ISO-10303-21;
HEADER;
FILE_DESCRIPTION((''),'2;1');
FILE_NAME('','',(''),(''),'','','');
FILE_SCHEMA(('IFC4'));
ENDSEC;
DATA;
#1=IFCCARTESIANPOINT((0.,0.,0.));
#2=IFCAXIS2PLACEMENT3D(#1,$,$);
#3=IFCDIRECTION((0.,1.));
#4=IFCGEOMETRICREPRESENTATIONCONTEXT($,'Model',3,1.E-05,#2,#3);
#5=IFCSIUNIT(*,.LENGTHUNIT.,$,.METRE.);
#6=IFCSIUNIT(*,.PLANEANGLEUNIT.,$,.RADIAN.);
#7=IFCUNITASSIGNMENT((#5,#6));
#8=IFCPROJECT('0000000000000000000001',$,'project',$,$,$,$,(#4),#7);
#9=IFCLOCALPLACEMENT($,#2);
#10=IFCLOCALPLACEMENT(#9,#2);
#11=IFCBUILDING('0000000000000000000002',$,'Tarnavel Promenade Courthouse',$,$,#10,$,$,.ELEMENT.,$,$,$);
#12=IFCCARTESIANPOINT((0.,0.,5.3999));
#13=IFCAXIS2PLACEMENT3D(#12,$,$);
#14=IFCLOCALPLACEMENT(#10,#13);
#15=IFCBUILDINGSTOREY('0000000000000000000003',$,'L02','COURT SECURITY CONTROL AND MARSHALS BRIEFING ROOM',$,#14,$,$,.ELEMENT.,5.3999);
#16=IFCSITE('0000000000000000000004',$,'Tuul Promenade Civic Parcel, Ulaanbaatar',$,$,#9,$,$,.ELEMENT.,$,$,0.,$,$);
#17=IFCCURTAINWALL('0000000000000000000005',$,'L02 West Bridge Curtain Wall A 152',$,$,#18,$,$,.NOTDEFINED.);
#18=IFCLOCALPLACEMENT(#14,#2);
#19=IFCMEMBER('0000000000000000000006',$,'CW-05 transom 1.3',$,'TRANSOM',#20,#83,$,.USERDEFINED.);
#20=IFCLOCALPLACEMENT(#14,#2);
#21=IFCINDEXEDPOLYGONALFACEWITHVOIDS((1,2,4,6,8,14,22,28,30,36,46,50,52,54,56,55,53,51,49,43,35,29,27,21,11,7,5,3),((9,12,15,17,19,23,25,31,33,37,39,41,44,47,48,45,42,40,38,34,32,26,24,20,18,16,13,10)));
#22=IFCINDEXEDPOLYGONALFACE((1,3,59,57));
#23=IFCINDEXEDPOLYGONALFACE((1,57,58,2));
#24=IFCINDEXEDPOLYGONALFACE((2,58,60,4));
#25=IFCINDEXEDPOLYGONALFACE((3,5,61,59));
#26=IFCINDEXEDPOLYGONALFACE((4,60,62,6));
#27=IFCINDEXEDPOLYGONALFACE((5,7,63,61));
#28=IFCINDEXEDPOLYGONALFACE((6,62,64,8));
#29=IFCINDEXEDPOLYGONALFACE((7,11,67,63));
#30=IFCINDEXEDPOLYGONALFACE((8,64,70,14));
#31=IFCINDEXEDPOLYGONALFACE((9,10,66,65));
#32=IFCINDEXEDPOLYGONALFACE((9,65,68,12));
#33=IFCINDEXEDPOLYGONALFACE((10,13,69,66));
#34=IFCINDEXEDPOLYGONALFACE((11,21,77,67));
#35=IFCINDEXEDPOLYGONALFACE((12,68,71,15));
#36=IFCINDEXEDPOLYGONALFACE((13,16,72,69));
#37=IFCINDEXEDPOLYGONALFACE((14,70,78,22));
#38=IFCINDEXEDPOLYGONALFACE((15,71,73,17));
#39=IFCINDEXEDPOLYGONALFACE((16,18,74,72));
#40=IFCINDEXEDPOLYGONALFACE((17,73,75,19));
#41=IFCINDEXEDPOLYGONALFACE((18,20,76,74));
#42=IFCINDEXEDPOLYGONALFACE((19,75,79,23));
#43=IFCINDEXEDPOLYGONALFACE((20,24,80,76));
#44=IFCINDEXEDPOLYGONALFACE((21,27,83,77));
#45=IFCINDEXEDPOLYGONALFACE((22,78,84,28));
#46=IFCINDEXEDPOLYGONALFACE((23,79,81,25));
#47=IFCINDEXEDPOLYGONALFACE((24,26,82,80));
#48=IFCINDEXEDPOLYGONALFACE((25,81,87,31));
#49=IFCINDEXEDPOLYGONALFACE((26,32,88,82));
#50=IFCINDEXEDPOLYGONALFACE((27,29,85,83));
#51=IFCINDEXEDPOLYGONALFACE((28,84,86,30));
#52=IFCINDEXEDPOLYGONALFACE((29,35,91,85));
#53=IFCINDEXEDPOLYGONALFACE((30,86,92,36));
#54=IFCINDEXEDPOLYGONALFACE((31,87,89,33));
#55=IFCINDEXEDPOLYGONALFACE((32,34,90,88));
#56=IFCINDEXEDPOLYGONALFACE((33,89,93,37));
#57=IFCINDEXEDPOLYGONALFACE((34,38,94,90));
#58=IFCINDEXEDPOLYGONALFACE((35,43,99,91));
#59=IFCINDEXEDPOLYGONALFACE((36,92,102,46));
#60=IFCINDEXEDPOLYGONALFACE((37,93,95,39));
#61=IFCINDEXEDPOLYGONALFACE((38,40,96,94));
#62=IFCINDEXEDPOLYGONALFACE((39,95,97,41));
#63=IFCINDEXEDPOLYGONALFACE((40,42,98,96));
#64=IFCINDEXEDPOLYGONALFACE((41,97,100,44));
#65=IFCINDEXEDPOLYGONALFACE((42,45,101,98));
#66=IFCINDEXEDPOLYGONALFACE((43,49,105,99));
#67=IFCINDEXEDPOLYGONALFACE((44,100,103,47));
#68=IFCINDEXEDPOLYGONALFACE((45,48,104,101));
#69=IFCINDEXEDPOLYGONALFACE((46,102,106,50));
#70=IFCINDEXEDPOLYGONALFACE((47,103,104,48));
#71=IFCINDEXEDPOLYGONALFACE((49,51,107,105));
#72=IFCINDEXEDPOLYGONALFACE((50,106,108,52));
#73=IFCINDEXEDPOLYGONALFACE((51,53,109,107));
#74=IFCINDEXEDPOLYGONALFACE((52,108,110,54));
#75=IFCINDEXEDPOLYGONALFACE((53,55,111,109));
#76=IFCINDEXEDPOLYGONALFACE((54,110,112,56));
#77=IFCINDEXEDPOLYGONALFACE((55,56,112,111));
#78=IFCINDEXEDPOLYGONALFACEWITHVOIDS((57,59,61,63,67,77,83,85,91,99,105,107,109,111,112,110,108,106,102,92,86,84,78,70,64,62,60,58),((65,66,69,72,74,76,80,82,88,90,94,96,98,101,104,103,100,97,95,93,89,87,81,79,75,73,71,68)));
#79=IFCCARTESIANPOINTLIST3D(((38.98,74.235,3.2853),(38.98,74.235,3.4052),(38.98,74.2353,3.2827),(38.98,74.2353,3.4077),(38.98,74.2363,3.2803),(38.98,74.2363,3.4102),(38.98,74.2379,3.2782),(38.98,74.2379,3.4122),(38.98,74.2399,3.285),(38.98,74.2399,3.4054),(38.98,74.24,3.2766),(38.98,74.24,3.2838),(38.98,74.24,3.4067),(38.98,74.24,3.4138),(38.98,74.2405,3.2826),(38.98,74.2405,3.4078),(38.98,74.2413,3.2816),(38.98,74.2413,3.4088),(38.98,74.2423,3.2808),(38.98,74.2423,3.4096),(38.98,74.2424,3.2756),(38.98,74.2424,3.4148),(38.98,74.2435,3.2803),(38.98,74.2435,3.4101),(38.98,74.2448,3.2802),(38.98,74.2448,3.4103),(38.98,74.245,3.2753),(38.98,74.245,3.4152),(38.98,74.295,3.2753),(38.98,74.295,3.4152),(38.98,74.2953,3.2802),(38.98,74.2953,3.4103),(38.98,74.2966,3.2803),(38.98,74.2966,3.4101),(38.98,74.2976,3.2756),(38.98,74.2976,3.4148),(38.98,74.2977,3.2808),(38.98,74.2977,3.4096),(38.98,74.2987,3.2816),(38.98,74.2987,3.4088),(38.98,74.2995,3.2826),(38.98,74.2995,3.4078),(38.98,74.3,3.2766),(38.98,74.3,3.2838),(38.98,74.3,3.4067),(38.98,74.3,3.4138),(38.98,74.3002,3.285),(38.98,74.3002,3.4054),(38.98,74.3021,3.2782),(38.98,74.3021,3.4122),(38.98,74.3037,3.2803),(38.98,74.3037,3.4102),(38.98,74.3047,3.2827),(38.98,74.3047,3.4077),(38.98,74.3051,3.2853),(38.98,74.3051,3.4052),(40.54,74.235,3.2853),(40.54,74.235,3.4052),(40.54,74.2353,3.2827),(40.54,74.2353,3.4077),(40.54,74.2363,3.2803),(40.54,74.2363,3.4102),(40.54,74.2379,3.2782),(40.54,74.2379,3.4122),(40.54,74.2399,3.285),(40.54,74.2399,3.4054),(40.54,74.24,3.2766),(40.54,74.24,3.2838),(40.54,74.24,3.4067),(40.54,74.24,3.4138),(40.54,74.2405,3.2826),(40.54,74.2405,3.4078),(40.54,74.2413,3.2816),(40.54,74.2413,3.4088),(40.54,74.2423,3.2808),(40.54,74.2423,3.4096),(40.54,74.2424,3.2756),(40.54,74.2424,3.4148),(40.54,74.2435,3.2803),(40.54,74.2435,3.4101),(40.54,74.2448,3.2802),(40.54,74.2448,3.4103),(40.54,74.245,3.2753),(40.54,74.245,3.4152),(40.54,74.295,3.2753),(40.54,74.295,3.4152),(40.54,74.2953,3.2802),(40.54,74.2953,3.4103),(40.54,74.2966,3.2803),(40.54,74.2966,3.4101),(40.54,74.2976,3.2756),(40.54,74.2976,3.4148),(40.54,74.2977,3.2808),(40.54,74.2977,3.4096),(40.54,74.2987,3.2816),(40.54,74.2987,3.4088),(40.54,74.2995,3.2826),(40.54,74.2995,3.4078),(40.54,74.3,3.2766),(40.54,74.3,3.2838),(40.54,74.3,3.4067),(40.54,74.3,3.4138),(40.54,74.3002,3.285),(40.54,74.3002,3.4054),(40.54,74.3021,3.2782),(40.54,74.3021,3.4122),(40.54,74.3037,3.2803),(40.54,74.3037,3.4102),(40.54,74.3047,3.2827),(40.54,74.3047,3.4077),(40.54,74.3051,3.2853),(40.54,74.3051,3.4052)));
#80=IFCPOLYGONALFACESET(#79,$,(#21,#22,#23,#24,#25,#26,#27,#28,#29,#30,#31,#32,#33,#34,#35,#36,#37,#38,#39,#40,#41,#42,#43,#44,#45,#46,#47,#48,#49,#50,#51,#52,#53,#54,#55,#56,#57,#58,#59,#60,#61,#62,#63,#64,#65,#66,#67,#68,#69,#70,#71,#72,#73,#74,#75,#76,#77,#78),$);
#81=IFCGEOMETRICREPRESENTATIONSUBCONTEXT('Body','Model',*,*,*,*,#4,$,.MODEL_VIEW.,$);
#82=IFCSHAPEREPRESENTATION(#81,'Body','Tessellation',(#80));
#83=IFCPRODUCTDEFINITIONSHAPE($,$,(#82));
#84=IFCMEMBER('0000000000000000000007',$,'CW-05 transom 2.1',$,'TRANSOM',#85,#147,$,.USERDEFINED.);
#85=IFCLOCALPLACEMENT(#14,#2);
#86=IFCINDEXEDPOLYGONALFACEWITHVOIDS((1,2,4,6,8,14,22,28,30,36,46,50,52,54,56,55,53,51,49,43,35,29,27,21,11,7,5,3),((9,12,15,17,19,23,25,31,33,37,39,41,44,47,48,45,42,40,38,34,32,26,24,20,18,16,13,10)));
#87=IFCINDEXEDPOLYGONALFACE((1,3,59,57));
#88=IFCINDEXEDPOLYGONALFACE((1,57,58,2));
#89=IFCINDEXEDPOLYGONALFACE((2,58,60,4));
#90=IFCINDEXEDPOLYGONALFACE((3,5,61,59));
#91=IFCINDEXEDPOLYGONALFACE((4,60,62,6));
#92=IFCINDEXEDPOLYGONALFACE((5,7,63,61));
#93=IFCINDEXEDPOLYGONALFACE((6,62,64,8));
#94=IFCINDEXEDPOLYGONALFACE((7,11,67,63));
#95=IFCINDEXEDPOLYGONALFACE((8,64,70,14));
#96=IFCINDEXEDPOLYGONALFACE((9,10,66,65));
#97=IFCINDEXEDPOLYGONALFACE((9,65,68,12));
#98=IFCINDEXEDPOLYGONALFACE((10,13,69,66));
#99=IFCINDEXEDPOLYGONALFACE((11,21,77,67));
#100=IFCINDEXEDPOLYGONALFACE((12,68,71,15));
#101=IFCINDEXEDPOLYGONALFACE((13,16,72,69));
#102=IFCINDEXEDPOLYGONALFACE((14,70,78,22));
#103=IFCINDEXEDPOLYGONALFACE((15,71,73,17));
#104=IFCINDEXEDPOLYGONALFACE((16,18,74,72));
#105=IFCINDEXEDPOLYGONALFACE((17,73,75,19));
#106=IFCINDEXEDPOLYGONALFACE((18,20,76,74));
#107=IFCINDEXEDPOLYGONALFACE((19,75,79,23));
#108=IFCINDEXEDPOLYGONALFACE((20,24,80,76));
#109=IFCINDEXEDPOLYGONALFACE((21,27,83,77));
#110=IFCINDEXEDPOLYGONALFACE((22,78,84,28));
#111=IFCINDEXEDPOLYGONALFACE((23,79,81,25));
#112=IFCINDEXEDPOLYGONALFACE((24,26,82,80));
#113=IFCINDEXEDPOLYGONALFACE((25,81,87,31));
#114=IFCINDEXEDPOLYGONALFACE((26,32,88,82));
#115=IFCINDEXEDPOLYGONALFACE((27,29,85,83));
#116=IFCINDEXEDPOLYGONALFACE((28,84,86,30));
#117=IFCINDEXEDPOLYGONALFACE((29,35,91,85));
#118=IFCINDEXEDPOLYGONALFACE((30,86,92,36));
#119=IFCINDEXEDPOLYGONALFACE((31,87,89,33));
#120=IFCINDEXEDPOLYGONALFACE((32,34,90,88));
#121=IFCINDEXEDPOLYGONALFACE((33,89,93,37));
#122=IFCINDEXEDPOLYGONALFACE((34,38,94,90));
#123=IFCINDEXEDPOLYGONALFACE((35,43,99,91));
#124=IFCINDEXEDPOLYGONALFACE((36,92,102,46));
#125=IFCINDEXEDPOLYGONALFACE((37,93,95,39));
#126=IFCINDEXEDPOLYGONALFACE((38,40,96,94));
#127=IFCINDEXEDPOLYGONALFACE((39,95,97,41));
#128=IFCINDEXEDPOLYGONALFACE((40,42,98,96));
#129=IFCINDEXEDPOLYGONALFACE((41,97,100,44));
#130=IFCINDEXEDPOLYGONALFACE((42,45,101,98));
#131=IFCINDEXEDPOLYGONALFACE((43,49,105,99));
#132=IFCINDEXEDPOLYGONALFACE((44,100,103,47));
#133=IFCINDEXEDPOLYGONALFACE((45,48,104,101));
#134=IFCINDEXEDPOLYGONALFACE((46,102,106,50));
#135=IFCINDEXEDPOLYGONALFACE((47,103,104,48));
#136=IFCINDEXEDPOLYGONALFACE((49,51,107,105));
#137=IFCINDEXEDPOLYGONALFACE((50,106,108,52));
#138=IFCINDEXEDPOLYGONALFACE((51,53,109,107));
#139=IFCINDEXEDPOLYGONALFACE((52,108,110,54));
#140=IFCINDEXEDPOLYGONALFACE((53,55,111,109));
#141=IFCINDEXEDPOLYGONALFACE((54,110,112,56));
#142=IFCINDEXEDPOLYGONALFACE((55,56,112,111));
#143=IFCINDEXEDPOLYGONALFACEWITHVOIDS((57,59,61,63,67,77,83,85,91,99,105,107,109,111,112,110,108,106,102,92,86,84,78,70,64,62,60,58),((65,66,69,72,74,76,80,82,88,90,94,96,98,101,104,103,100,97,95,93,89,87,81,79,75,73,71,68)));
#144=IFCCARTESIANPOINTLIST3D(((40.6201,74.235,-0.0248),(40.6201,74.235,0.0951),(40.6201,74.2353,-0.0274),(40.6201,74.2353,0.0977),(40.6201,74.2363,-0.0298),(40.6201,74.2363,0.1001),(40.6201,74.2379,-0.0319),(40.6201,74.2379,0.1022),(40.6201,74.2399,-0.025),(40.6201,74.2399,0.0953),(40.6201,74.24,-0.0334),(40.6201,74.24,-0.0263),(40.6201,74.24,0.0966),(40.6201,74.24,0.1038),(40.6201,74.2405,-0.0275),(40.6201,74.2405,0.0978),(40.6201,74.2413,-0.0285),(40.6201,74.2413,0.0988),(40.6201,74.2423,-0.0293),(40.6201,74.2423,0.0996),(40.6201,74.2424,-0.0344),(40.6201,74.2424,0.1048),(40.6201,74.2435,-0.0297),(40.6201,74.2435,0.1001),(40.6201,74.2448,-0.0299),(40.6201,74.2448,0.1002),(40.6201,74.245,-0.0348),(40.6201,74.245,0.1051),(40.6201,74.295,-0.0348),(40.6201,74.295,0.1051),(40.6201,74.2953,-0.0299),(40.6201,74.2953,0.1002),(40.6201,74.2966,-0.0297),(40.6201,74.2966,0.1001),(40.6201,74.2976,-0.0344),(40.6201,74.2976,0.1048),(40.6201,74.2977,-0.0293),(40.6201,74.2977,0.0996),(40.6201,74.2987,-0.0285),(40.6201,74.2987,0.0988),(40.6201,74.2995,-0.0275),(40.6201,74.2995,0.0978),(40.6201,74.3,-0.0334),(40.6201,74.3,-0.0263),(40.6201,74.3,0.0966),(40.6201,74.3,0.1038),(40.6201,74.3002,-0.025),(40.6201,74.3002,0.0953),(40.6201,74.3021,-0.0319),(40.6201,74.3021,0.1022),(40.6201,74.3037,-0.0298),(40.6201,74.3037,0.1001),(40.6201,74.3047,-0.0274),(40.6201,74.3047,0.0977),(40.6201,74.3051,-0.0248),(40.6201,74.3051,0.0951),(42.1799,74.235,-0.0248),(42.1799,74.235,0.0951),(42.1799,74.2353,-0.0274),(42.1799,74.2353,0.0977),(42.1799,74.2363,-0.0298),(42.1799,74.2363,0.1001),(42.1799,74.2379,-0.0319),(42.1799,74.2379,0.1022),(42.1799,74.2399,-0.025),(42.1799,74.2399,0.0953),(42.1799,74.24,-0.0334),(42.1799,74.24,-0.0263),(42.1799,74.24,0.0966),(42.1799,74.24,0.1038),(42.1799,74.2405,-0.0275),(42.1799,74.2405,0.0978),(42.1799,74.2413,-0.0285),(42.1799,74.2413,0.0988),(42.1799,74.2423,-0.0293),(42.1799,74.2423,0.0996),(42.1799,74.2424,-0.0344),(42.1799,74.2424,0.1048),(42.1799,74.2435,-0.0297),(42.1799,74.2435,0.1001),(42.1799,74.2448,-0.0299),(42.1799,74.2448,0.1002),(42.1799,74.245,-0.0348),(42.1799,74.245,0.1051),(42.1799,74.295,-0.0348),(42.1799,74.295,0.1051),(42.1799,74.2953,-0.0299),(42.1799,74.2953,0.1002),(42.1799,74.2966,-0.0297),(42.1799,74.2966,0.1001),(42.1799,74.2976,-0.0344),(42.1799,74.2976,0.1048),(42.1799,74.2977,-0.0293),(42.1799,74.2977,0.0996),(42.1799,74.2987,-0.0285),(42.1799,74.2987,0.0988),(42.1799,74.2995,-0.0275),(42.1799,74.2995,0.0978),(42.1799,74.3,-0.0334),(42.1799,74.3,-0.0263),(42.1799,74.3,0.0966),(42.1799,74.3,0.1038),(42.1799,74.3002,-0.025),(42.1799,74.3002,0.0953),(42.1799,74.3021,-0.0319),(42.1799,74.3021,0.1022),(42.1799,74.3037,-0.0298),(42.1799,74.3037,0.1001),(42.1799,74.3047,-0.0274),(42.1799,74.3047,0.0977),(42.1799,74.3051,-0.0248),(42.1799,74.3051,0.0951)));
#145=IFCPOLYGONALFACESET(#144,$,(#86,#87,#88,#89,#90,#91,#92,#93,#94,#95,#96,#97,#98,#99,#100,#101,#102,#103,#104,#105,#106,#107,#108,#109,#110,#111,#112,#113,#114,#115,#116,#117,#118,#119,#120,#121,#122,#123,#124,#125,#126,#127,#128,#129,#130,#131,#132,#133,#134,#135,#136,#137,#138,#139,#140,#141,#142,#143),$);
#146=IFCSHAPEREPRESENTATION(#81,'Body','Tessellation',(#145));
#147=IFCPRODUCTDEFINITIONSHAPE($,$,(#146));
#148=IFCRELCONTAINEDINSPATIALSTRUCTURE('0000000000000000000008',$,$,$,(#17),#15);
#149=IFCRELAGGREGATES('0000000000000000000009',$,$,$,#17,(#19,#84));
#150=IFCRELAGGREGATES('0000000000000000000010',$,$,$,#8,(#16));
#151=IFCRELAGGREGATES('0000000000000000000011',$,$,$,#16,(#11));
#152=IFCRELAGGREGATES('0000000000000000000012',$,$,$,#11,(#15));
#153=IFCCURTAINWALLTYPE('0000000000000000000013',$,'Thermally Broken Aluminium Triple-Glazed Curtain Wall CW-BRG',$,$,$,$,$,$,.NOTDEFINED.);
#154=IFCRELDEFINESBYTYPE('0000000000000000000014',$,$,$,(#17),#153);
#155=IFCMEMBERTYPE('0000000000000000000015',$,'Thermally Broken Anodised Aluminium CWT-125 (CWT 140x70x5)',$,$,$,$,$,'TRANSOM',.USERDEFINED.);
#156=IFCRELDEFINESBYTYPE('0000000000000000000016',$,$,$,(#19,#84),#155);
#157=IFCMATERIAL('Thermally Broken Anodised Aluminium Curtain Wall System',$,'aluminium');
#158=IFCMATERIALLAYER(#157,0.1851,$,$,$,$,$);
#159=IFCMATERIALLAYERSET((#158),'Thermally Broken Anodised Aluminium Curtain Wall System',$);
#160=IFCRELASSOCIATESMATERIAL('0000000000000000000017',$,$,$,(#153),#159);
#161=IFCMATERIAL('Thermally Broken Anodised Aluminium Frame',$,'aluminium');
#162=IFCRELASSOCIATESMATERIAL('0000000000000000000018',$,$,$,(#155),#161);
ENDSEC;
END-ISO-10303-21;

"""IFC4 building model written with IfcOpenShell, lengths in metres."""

from ifc_helpers import new_model, si_unit, direction, frame, origin, origin_2d, place, context, subcontext, project, spatial, hollow_rectangle, extrude, material, layer, layer_set, material_profile, profile_set, type_object, element, aggregate, save


model = new_model("IFC4")

# Units and contexts
model_context = context("Model", 3, precision=1e-05, world=origin(), true_north=direction((0.0, 1.0)))
body_context = subcontext(model_context, "Body", "Model", "MODEL_VIEW")
ifc_project = project(units=[si_unit("LENGTHUNIT", "METRE"), si_unit("PLANEANGLEUNIT", "RADIAN")], contexts=[model_context])

# Site, building, storey
site_placement = place(None, origin())
site = spatial("IfcSite", under=ifc_project, at=site_placement, Name="Tuul Promenade Civic Parcel, Ulaanbaatar", CompositionType="ELEMENT", RefElevation=0.0)
building_placement = place(site_placement, origin())
building = spatial("IfcBuilding", under=site, at=building_placement, Name="Tarnavel Promenade Courthouse", CompositionType="ELEMENT")
storey_placement = place(building_placement, frame((0.0, 0.0, 5.3999)))
storey = spatial("IfcBuildingStorey", under=building, at=storey_placement, Name="L02", Description="COURT SECURITY CONTROL AND MARSHALS BRIEFING ROOM", CompositionType="ELEMENT", Elevation=5.3999)

# Curtain wall
ifc_material_1 = material(Name="Thermally Broken Anodised Aluminium Curtain Wall System", Category="aluminium")
ifc_layer_1 = layer(ifc_material_1, 0.1851)
ifc_layer_set_1 = layer_set([ifc_layer_1], Name="Thermally Broken Anodised Aluminium Curtain Wall System")
curtain_wall_type = type_object("IfcCurtainWallType", Name="Thermally Broken Aluminium Triple-Glazed Curtain Wall CW-BRG", PredefinedType="NOTDEFINED", material=ifc_layer_set_1)
ifc_material_2 = material(Name="Thermally Broken Anodised Aluminium Frame", Category="aluminium")
curtain_wall_1_placement = place(storey_placement, origin())
curtain_wall_1 = element("IfcCurtainWall", 1, at=curtain_wall_1_placement, inside=storey, type_object=curtain_wall_type, Name="L02 West Bridge Curtain Wall A 152", PredefinedType="NOTDEFINED")

# Members
ifc_material_profile_1 = material_profile(ifc_material_2, hollow_rectangle(XDim=0.0701, YDim=0.1399, WallThickness=0.0049, InnerFilletRadius=0.0049, OuterFilletRadius=0.01, at=origin_2d()), Name="CWT 140x70x5")
ifc_profile_set_1 = profile_set([ifc_material_profile_1], Name="Thermally Broken Anodised Aluminium Frame")
member_type_1 = type_object("IfcMemberType", Name="Thermally Broken Anodised Aluminium CWT-125 (CWT 140x70x5)", ElementType="TRANSOM", PredefinedType="USERDEFINED", material=ifc_profile_set_1)
member_1_placement = place(storey_placement, frame((38.98, 74.27, 3.3452), z_axis=(1.0, 0.0, 0.0), x_axis=(0.0, 1.0, 0.0)))
member_1 = element("IfcMember", 2, at=member_1_placement, type_object=member_type_1, Name="CW-05 transom 1.3", ObjectType="TRANSOM", PredefinedType="USERDEFINED", context=body_context, shape_type="SweptSolid", body=[
    extrude(hollow_rectangle(XDim=0.0701, YDim=0.1399, WallThickness=0.0049, InnerFilletRadius=0.0049, OuterFilletRadius=0.01, at=origin_2d()), origin(), (0.0, 0.0, 1.0), 1.5601),
])
member_2_placement = place(storey_placement, frame((40.6201, 74.27, 0.0352), z_axis=(1.0, 0.0, 0.0), x_axis=(0.0, 1.0, 0.0)))
member_2 = element("IfcMember", 3, at=member_2_placement, type_object=member_type_1, Name="CW-05 transom 2.1", ObjectType="TRANSOM", PredefinedType="USERDEFINED", context=body_context, shape_type="SweptSolid", body=[
    extrude(hollow_rectangle(XDim=0.0701, YDim=0.1399, WallThickness=0.0049, InnerFilletRadius=0.0049, OuterFilletRadius=0.01, at=origin_2d()), origin(), (0.0, 0.0, 1.0), 1.5598),
])

aggregate(curtain_wall_1, [member_1, member_2])

save(model, "model.ifc")
